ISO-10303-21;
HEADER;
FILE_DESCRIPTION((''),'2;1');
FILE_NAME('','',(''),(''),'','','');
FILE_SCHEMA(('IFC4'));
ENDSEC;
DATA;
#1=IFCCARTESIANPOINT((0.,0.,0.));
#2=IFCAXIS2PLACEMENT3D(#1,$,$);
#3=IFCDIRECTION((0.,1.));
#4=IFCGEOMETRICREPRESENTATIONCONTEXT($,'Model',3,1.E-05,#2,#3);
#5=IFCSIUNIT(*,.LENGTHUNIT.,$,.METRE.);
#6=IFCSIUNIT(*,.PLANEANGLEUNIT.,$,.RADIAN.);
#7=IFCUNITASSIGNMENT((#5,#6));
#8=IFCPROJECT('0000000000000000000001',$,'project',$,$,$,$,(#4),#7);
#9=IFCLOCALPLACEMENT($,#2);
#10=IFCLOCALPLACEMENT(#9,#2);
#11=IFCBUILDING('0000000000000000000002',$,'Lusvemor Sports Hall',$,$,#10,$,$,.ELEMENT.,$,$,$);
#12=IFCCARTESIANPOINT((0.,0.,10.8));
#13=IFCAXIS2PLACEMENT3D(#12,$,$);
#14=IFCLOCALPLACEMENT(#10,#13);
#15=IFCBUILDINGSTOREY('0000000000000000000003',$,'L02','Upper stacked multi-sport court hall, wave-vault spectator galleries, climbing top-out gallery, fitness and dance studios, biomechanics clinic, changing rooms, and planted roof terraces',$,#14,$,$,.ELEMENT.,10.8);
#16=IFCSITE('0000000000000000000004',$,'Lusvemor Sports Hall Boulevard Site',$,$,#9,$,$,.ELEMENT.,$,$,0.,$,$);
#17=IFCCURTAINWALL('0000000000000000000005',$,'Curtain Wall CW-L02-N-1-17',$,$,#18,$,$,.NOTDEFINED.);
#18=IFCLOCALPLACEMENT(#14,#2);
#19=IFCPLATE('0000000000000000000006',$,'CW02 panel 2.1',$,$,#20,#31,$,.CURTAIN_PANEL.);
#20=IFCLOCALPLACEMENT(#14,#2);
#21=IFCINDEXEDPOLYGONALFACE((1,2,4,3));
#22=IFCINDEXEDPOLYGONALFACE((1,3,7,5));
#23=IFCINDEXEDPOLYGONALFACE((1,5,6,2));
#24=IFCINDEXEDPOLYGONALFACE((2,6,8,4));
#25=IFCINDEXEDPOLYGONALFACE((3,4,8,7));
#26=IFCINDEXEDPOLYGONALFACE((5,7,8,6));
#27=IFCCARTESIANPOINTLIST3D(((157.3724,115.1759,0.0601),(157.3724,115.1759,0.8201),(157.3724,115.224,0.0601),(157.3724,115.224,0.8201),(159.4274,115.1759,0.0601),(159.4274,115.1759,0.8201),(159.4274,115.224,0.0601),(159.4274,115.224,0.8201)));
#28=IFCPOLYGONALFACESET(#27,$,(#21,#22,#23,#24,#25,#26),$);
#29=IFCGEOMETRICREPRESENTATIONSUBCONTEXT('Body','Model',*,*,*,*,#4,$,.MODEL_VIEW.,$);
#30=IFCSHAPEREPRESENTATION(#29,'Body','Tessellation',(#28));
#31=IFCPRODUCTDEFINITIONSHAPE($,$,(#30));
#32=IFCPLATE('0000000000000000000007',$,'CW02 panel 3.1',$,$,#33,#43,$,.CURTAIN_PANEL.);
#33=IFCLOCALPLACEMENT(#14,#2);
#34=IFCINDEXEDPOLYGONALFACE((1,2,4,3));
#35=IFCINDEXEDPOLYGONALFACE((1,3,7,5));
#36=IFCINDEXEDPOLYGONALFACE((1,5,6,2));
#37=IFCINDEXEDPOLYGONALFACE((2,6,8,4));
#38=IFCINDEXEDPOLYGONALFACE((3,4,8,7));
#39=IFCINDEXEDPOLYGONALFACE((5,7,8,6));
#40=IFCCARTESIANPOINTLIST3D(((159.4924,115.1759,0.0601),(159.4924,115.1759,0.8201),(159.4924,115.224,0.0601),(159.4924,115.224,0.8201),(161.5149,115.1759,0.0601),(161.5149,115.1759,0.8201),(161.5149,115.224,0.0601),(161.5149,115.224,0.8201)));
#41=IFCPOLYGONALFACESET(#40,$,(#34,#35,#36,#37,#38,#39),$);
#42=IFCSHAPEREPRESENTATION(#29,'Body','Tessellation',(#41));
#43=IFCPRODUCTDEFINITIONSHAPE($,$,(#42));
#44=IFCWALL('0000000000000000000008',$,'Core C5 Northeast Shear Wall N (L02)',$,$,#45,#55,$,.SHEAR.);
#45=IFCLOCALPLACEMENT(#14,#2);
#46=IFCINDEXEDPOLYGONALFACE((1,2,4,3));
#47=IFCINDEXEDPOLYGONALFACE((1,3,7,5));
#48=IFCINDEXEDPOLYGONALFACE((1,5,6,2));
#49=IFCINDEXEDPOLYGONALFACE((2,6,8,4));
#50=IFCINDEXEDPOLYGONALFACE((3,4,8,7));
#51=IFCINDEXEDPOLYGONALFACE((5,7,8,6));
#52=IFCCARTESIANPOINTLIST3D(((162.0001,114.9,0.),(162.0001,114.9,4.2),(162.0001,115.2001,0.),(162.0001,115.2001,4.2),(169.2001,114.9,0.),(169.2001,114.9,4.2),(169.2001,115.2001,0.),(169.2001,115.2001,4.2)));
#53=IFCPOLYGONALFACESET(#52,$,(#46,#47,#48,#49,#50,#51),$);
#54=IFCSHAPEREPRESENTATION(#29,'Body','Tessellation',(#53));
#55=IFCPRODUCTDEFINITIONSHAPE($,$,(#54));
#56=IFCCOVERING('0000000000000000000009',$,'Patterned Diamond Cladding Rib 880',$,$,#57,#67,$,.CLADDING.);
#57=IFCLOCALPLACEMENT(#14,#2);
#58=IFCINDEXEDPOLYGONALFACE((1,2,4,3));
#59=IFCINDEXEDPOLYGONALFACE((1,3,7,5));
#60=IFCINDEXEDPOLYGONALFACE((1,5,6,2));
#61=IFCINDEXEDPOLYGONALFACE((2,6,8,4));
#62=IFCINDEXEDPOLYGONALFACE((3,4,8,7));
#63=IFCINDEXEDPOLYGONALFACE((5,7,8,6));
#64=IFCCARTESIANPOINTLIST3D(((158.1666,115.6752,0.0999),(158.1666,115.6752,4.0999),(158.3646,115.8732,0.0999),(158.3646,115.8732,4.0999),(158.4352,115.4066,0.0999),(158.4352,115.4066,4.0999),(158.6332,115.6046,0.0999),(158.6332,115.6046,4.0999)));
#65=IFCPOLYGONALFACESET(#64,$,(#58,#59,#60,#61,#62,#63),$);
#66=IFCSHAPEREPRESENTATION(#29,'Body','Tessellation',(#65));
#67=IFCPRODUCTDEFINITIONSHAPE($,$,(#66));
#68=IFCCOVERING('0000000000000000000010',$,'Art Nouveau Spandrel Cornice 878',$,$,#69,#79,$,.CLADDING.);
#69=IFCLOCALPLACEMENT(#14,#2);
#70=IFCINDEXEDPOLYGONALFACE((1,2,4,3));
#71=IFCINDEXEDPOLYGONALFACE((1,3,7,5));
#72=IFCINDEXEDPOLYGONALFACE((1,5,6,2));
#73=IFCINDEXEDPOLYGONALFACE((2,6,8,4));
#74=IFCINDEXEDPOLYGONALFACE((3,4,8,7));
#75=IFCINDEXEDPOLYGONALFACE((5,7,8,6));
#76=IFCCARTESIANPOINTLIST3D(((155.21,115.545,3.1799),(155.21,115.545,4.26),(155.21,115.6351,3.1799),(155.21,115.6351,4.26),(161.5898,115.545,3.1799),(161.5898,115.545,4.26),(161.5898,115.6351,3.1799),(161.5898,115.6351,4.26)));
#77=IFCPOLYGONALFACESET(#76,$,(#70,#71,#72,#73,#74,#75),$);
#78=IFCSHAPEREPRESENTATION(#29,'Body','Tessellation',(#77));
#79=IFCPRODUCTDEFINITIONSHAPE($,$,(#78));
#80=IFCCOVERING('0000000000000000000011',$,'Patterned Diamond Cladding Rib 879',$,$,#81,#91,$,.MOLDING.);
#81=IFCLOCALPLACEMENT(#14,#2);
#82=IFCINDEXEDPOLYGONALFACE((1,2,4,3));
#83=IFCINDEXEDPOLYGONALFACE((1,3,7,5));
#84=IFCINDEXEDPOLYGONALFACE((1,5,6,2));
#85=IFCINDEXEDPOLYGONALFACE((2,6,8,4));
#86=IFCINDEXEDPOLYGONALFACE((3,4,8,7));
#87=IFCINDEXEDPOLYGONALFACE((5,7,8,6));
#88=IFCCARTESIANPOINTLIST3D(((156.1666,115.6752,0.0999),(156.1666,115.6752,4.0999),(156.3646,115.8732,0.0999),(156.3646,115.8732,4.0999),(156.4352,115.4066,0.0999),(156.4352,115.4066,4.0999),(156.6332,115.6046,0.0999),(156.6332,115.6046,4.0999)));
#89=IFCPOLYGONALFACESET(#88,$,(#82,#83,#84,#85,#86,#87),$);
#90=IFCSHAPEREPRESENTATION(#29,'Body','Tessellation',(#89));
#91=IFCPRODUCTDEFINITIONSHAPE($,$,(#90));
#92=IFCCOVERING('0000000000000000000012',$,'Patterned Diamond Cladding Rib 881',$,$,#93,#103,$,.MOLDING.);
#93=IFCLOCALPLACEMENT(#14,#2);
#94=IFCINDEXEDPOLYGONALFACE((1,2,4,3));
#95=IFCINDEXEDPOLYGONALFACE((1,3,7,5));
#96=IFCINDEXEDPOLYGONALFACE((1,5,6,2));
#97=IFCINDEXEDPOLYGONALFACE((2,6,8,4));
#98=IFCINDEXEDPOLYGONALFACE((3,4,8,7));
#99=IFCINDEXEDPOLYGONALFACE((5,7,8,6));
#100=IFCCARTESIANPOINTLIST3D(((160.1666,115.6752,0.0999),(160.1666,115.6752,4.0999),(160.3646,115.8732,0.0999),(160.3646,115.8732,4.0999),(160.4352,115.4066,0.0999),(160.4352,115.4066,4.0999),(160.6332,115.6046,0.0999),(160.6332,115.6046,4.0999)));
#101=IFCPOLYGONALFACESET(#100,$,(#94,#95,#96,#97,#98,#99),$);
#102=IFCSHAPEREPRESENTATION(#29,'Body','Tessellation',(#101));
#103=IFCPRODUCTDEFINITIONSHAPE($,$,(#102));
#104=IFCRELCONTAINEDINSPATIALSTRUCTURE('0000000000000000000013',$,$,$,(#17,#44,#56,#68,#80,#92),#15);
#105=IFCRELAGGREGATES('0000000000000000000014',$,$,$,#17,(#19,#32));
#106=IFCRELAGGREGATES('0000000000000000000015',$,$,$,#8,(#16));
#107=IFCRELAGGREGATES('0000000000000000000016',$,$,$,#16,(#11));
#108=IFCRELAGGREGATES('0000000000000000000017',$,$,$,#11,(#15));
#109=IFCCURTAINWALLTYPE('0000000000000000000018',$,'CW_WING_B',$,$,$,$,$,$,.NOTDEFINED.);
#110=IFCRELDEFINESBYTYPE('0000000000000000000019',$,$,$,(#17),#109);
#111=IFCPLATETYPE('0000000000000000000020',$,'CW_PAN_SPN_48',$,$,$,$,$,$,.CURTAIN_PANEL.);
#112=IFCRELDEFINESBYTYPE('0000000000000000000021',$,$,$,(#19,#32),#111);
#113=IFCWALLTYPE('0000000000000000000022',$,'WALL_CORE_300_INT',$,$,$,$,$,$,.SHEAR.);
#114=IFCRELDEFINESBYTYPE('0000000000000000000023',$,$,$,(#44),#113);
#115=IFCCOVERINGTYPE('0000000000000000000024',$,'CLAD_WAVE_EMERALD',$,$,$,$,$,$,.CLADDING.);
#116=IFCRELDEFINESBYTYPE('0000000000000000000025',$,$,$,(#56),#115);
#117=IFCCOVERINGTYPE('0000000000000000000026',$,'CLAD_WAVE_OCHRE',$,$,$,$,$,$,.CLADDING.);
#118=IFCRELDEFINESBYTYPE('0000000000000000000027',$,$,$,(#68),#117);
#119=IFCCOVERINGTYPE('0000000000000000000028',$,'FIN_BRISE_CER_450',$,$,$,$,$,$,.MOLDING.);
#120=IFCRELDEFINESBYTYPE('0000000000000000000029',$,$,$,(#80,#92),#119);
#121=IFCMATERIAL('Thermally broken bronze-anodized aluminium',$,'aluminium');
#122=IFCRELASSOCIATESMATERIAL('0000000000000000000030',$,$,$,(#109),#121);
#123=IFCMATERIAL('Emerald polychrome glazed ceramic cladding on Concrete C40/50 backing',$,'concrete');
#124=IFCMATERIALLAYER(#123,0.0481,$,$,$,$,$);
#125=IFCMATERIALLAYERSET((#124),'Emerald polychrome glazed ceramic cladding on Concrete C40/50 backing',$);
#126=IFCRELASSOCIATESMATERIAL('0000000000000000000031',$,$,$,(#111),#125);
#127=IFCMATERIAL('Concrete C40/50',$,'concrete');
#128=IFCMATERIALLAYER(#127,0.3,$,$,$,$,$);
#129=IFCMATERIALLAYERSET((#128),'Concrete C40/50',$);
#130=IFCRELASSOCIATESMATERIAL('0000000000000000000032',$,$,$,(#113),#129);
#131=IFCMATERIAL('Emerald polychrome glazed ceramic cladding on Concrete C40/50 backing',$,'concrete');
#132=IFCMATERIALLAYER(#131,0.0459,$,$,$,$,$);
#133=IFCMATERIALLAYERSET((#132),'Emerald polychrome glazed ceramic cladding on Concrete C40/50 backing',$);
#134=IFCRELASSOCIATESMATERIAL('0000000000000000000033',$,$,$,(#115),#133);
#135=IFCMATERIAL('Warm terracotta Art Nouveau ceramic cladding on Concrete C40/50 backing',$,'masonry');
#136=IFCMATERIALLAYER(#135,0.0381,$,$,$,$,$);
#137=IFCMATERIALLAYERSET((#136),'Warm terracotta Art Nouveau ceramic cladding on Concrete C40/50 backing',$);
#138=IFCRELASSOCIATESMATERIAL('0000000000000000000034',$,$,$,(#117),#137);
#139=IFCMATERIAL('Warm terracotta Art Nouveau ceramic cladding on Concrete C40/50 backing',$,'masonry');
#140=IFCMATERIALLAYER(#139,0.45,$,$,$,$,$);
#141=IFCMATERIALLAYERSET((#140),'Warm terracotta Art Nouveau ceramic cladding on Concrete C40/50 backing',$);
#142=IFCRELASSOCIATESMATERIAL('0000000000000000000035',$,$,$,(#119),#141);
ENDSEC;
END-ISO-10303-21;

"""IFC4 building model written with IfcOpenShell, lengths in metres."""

from ifc_helpers import new_model, si_unit, direction, frame, frame_2d, origin, origin_2d, place, context, subcontext, project, spatial, rectangle, extrude, material, layer, layer_set, type_object, element, aggregate, save


model = new_model("IFC4")

# Units and contexts
model_context = context("Model", 3, precision=1e-05, world=origin(), true_north=direction((0.0, 1.0)))
body_context = subcontext(model_context, "Body", "Model", "MODEL_VIEW")
ifc_project = project(units=[si_unit("LENGTHUNIT", "METRE"), si_unit("PLANEANGLEUNIT", "RADIAN")], contexts=[model_context])

# Site, building, storey
site_placement = place(None, origin())
site = spatial("IfcSite", under=ifc_project, at=site_placement, Name="Lusvemor Sports Hall Boulevard Site", CompositionType="ELEMENT", RefElevation=0.0)
building_placement = place(site_placement, origin())
building = spatial("IfcBuilding", under=site, at=building_placement, Name="Lusvemor Sports Hall", CompositionType="ELEMENT")
storey_placement = place(building_placement, frame((0.0, 0.0, 10.8)))
storey = spatial("IfcBuildingStorey", under=building, at=storey_placement, Name="L02", Description="Upper stacked multi-sport court hall, wave-vault spectator galleries, climbing top-out gallery, fitness and dance studios, biomechanics clinic, changing rooms, and planted roof terraces", CompositionType="ELEMENT", Elevation=10.8)

# Curtain wall, plates
ifc_material_1 = material(Name="Thermally broken bronze-anodized aluminium", Category="aluminium")
curtain_wall_type = type_object("IfcCurtainWallType", Name="CW_WING_B", PredefinedType="NOTDEFINED", material=ifc_material_1)
curtain_wall_placement = place(storey_placement, origin())
curtain_wall = element("IfcCurtainWall", 1, at=curtain_wall_placement, inside=storey, type_object=curtain_wall_type, Name="Curtain Wall CW-L02-N-1-17", PredefinedType="NOTDEFINED")
ifc_material_2 = material(Name="Emerald polychrome glazed ceramic cladding on Concrete C40/50 backing", Category="concrete")
ifc_layer_1 = layer(ifc_material_2, 0.0481)
ifc_layer_set_1 = layer_set([ifc_layer_1], Name="Emerald polychrome glazed ceramic cladding on Concrete C40/50 backing")
plate_type_1 = type_object("IfcPlateType", Name="CW_PAN_SPN_48", PredefinedType="CURTAIN_PANEL", material=ifc_layer_set_1)
plate_1_placement = place(storey_placement, frame((158.3999, 115.2, 0.0601), z_axis=(0.0, 0.0, 1.0), x_axis=(1.0, 0.0, 0.0)))
plate_1 = element("IfcPlate", 2, at=plate_1_placement, type_object=plate_type_1, Name="CW02 panel 2.1", PredefinedType="CURTAIN_PANEL", context=body_context, shape_type="SweptSolid", body=[
    extrude(rectangle(XDim=2.0549, YDim=0.0481, at=origin_2d()), origin(), (0.0, 0.0, 1.0), 0.76),
])
plate_2_placement = place(storey_placement, frame((160.5037, 115.2, 0.0601), z_axis=(0.0, 0.0, 1.0), x_axis=(1.0, 0.0, 0.0)))
plate_2 = element("IfcPlate", 3, at=plate_2_placement, type_object=plate_type_1, Name="CW02 panel 3.1", PredefinedType="CURTAIN_PANEL", context=body_context, shape_type="SweptSolid", body=[
    extrude(rectangle(XDim=2.0225, YDim=0.0481, at=origin_2d()), origin(), (0.0, 0.0, 1.0), 0.76),
])
aggregate(curtain_wall, [plate_1, plate_2])

# Wall
ifc_material_3 = material(Name="Concrete C40/50", Category="concrete")
ifc_layer_2 = layer(ifc_material_3, 0.3)
ifc_layer_set_2 = layer_set([ifc_layer_2], Name="Concrete C40/50")
wall_type = type_object("IfcWallType", Name="WALL_CORE_300_INT", PredefinedType="SHEAR", material=ifc_layer_set_2)
wall_placement = place(storey_placement, frame((162.0, 115.05, 0.0), z_axis=(0.0, 0.0, 1.0), x_axis=(1.0, 0.0, 0.0)))
element("IfcWall", 4, at=wall_placement, inside=storey, type_object=wall_type, Name="Core C5 Northeast Shear Wall N (L02)", PredefinedType="SHEAR", context=body_context, shape_type="SweptSolid", body=[
    extrude(rectangle(XDim=7.2, YDim=0.3, at=frame_2d((3.6001, 0.0))), origin(), (0.0, 0.0, 1.0), 4.2),
])

# Coverings
ifc_material_4 = material(Name="Emerald polychrome glazed ceramic cladding on Concrete C40/50 backing", Category="concrete")
ifc_layer_3 = layer(ifc_material_4, 0.0459)
ifc_layer_set_3 = layer_set([ifc_layer_3], Name="Emerald polychrome glazed ceramic cladding on Concrete C40/50 backing")
covering_type_1 = type_object("IfcCoveringType", Name="CLAD_WAVE_EMERALD", PredefinedType="CLADDING", material=ifc_layer_set_3)
covering_1_placement = place(storey_placement, frame((158.3999, 115.6399, 0.0999), z_axis=(0.0, 0.0, 1.0), x_axis=(0.707107, 0.707107, 0.0)))
element("IfcCovering", 5, at=covering_1_placement, inside=storey, type_object=covering_type_1, Name="Patterned Diamond Cladding Rib 880", PredefinedType="CLADDING", context=body_context, shape_type="SweptSolid", body=[
    extrude(rectangle(XDim=0.28, YDim=0.3799, at=origin_2d()), origin(), (0.0, 0.0, 1.0), 4.0),
])
ifc_material_5 = material(Name="Warm terracotta Art Nouveau ceramic cladding on Concrete C40/50 backing", Category="masonry")
ifc_layer_4 = layer(ifc_material_5, 0.0381)
ifc_layer_set_4 = layer_set([ifc_layer_4], Name="Warm terracotta Art Nouveau ceramic cladding on Concrete C40/50 backing")
covering_type_2 = type_object("IfcCoveringType", Name="CLAD_WAVE_OCHRE", PredefinedType="CLADDING", material=ifc_layer_set_4)
covering_2_placement = place(storey_placement, frame((158.3999, 115.5901, 3.1799), z_axis=(0.0, 0.0, 1.0), x_axis=(1.0, 0.0, 0.0)))
element("IfcCovering", 6, at=covering_2_placement, inside=storey, type_object=covering_type_2, Name="Art Nouveau Spandrel Cornice 878", PredefinedType="CLADDING", context=body_context, shape_type="SweptSolid", body=[
    extrude(rectangle(XDim=6.3799, YDim=0.0901, at=origin_2d()), origin(), (0.0, 0.0, 1.0), 1.0801),
])
ifc_material_6 = material(Name="Warm terracotta Art Nouveau ceramic cladding on Concrete C40/50 backing", Category="masonry")
ifc_layer_5 = layer(ifc_material_6, 0.45)
ifc_layer_set_5 = layer_set([ifc_layer_5], Name="Warm terracotta Art Nouveau ceramic cladding on Concrete C40/50 backing")
covering_type_3 = type_object("IfcCoveringType", Name="FIN_BRISE_CER_450", PredefinedType="MOLDING", material=ifc_layer_set_5)
for number, where, z_axis, x_axis, name in (
    (7, (156.3999, 115.6399, 0.0999), (0.0, 0.0, 1.0), (0.707107, 0.707107, 0.0), "Patterned Diamond Cladding Rib 879"),
    (8, (160.3999, 115.6399, 0.0999), (0.0, 0.0, 1.0), (0.707107, 0.707107, 0.0), "Patterned Diamond Cladding Rib 881"),
):
    element("IfcCovering", number, at=place(storey_placement, frame(where, z_axis=z_axis, x_axis=x_axis)), inside=storey, type_object=covering_type_3, Name=name, PredefinedType="MOLDING", context=body_context, shape_type="SweptSolid", body=[
        extrude(rectangle(XDim=0.28, YDim=0.3799, at=origin_2d()), origin(), (0.0, 0.0, 1.0), 4.0),
    ])

save(model, "model.ifc")
